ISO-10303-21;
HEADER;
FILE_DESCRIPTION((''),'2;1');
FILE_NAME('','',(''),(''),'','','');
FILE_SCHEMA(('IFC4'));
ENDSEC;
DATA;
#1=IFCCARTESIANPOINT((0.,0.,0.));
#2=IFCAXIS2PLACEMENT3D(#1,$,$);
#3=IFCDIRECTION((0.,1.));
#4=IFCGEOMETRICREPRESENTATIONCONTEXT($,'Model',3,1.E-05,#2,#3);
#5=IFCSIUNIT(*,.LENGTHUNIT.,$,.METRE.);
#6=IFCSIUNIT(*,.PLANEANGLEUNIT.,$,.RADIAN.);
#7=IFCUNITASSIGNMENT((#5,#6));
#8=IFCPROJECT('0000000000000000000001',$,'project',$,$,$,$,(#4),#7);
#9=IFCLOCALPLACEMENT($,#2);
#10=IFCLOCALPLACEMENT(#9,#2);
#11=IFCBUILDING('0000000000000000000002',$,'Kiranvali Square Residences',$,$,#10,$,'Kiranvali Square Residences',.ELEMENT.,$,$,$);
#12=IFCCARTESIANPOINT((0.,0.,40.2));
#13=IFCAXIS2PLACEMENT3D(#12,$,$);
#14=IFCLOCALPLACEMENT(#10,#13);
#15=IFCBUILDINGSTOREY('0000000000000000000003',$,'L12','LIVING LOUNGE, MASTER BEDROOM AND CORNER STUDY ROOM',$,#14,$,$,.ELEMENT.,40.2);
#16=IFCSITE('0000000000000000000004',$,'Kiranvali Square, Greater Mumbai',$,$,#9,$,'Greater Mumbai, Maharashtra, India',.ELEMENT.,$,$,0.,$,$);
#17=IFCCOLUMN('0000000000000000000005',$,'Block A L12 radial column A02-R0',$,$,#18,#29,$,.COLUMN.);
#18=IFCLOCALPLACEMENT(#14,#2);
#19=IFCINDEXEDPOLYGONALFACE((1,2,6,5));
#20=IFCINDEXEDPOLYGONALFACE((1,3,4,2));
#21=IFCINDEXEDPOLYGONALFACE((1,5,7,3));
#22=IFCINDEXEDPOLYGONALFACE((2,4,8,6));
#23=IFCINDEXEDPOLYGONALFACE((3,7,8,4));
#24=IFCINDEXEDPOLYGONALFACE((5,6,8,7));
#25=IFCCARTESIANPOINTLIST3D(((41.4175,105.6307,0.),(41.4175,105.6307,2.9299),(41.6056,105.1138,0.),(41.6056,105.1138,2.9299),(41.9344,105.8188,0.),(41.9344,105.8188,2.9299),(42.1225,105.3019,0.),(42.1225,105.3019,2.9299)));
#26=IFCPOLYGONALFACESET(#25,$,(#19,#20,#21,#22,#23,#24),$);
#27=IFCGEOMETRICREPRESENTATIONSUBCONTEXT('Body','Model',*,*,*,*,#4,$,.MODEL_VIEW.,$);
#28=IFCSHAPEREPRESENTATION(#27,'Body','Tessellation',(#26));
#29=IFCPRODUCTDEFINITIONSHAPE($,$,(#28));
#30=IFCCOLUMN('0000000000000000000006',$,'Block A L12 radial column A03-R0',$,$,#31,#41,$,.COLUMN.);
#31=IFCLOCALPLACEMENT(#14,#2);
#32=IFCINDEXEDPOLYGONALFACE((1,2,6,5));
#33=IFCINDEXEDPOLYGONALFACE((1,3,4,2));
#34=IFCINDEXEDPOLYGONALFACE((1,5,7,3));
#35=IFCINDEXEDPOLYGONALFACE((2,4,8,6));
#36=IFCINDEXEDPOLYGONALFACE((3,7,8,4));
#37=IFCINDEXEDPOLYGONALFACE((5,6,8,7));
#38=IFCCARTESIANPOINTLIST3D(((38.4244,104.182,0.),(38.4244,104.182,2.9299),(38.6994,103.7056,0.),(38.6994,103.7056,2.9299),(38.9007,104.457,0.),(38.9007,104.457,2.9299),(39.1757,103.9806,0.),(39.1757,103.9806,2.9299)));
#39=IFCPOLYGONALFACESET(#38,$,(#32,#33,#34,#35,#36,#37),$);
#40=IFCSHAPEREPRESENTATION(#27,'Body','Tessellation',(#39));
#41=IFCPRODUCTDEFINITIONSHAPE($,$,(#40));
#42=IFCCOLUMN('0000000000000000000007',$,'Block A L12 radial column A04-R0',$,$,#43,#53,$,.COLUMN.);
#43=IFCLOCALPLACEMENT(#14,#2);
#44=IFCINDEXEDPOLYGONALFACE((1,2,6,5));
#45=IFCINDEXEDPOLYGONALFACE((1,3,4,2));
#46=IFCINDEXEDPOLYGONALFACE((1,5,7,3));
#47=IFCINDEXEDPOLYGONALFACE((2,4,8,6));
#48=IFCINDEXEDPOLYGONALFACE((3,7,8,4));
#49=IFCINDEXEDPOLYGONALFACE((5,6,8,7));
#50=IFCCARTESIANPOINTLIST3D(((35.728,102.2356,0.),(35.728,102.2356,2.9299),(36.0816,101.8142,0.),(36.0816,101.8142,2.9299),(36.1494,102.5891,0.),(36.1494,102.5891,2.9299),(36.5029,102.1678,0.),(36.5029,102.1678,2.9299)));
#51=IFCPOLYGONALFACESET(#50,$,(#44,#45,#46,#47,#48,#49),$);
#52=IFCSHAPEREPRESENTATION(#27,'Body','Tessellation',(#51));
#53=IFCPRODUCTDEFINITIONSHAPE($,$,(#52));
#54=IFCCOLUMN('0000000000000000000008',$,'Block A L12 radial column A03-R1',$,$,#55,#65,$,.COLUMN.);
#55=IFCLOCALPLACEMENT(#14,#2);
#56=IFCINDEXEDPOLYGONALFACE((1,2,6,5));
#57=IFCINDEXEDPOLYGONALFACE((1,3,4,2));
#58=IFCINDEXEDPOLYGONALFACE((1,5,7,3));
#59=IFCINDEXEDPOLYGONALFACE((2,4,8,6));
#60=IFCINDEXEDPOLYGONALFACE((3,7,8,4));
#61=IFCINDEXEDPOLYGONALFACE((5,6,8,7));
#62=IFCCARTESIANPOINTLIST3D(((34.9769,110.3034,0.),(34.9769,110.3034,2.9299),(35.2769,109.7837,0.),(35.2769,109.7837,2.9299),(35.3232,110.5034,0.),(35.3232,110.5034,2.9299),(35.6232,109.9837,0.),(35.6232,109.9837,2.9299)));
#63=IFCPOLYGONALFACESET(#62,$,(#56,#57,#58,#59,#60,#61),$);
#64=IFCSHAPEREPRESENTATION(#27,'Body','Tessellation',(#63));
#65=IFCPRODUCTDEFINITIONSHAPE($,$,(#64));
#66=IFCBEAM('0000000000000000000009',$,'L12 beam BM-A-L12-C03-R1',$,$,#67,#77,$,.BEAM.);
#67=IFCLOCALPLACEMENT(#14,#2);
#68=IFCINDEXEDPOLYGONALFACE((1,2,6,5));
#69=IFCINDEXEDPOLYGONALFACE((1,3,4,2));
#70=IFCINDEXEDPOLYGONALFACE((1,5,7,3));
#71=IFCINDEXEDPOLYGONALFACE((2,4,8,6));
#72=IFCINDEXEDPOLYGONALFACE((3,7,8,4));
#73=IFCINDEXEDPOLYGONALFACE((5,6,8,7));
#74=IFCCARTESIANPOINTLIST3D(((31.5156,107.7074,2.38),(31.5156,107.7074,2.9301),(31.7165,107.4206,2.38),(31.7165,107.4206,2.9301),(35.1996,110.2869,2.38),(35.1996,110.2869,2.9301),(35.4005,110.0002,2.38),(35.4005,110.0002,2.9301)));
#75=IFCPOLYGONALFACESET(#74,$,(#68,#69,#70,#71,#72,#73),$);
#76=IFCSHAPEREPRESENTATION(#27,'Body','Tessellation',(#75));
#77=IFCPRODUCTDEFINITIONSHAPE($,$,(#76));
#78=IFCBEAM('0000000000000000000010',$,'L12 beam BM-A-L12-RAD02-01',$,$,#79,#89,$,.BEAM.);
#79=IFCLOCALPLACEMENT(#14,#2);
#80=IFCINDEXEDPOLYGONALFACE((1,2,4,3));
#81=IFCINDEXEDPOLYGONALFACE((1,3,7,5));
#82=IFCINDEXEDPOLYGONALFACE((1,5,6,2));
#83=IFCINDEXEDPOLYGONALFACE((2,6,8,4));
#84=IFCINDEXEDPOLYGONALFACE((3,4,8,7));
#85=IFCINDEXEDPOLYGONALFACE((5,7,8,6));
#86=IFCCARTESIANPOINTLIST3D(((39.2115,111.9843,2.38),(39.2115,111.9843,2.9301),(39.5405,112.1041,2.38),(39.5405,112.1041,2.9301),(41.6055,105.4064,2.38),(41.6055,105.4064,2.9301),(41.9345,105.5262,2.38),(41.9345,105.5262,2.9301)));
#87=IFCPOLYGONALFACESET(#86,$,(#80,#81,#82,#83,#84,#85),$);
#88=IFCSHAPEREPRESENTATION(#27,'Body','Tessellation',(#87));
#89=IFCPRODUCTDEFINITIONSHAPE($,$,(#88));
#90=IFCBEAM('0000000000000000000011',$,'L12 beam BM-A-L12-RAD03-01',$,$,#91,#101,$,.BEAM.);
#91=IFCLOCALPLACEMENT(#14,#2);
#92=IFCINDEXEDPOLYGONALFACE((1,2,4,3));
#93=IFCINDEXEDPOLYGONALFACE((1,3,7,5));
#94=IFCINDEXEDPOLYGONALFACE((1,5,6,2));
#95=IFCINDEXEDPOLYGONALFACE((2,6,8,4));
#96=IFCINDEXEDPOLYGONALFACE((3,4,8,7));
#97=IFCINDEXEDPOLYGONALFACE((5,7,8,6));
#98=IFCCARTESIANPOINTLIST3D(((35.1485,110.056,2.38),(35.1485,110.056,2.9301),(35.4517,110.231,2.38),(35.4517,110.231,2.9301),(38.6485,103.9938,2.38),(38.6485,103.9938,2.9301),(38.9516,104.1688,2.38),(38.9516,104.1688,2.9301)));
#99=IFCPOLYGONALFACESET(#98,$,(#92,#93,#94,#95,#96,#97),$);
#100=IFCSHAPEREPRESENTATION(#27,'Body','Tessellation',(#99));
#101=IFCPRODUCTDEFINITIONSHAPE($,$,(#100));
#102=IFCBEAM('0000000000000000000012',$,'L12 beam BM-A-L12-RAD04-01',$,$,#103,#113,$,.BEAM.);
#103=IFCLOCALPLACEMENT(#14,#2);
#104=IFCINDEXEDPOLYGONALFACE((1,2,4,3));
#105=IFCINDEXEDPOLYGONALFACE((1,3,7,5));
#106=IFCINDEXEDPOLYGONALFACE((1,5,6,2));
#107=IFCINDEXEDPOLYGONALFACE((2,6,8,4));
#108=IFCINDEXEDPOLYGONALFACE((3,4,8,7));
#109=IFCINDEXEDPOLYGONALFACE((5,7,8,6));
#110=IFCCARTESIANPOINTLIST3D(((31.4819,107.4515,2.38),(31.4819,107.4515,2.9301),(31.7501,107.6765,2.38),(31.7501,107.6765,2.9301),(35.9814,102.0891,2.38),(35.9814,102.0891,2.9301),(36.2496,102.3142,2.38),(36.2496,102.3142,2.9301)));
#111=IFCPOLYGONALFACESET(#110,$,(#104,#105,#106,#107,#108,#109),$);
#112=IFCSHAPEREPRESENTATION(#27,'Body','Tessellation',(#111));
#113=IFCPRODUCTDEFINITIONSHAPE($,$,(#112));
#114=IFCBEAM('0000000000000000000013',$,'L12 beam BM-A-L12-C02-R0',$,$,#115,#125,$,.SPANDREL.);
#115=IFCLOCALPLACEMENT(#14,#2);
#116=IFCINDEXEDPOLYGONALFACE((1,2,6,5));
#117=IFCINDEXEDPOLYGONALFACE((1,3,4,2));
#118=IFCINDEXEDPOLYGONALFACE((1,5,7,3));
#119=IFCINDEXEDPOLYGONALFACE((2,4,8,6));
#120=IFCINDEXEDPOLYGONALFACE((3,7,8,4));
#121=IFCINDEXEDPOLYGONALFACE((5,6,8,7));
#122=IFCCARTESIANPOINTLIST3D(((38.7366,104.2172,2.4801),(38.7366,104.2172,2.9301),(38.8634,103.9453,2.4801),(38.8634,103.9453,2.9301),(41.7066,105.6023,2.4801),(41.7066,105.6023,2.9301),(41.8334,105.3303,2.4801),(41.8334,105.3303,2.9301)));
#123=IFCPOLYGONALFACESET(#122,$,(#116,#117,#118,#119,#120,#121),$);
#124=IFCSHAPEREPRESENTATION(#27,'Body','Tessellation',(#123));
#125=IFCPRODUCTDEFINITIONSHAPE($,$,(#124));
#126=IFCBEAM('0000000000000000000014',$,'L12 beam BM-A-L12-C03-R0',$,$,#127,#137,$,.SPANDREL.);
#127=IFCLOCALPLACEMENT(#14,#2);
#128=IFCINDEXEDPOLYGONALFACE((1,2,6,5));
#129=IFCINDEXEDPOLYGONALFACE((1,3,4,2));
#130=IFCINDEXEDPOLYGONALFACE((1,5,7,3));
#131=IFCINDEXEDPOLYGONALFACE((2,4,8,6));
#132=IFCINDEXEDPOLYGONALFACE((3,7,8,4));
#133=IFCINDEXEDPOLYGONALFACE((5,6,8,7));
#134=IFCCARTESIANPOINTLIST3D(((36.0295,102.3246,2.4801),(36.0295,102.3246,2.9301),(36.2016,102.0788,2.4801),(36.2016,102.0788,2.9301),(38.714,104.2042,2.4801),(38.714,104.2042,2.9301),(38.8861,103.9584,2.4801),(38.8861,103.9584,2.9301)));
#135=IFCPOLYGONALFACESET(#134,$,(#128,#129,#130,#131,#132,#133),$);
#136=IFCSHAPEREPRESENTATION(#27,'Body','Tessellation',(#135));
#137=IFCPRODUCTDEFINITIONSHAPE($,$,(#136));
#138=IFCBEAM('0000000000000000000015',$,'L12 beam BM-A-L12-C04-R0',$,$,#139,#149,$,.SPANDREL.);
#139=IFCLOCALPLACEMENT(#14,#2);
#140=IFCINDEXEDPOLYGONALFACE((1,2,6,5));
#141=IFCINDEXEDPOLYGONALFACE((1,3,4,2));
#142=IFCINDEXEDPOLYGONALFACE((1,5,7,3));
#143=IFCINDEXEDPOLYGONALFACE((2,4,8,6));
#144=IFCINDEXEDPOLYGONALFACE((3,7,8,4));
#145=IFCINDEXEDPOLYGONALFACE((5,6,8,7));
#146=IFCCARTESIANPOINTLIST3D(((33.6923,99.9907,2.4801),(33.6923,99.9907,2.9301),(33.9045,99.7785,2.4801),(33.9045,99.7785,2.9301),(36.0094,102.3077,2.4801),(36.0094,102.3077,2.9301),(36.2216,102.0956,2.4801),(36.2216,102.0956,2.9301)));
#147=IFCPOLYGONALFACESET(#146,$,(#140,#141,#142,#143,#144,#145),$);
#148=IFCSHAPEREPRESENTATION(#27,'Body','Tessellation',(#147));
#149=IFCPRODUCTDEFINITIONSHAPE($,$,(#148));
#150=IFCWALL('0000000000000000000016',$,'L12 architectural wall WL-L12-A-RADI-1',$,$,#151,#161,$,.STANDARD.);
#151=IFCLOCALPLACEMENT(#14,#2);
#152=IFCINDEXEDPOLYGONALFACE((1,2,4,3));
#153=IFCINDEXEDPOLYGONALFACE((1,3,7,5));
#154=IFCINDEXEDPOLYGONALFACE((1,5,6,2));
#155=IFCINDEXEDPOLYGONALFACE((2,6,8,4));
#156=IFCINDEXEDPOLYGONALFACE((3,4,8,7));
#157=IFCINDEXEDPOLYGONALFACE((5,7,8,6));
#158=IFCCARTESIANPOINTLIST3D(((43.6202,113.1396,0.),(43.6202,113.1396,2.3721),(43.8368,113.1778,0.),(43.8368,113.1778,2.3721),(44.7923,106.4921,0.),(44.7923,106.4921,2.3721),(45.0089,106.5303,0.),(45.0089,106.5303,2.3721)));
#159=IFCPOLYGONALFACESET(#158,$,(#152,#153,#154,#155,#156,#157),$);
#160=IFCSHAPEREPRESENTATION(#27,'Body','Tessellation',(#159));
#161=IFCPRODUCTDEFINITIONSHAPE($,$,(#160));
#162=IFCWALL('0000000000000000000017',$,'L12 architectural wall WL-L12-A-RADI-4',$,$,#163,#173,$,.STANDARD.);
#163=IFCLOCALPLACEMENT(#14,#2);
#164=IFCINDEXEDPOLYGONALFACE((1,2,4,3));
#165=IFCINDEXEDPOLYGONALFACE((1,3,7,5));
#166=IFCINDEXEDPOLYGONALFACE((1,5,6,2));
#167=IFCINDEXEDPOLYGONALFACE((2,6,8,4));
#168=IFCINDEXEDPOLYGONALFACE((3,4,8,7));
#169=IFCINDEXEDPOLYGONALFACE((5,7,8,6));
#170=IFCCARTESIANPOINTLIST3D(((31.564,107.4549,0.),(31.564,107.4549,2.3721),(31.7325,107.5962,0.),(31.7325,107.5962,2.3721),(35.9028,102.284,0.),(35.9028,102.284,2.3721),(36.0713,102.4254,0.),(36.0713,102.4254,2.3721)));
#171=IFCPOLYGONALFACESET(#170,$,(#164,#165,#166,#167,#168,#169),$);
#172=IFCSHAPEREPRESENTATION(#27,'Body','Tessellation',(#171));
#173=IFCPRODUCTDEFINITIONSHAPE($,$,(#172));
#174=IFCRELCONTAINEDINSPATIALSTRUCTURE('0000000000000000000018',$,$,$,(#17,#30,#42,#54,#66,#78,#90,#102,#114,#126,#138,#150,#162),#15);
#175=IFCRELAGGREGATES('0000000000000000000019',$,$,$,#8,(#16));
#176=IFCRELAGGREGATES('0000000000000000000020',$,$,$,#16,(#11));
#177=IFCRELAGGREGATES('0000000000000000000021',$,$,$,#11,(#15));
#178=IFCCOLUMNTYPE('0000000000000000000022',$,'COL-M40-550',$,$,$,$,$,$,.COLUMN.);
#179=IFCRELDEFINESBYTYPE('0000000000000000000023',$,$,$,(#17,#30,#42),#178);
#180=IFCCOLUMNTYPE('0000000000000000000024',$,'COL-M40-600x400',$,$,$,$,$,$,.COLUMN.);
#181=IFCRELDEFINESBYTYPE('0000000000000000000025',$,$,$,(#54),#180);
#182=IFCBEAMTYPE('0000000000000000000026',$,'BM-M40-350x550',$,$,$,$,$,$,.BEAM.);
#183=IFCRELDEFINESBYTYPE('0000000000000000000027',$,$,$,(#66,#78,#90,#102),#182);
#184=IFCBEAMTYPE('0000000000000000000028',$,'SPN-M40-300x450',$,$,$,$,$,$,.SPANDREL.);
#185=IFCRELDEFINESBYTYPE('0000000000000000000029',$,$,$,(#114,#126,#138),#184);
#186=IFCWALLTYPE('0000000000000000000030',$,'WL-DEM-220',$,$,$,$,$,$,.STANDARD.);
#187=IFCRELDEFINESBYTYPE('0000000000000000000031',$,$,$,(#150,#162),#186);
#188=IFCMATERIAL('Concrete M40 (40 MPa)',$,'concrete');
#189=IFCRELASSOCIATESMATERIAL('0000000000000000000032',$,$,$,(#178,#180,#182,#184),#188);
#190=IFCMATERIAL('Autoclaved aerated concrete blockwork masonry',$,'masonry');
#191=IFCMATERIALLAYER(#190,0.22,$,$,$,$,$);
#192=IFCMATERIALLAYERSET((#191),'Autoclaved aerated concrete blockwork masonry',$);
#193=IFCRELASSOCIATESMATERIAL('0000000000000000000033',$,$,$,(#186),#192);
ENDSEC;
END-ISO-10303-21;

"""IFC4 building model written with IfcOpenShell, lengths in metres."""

from ifc_helpers import new_model, si_unit, direction, frame, frame_2d, origin, origin_2d, place, context, subcontext, project, spatial, rectangle, extrude, material, layer, layer_set, material_profile, profile_set, type_object, element, save


model = new_model("IFC4")

# Units and contexts
model_context = context("Model", 3, precision=1e-05, world=origin(), true_north=direction((0.0, 1.0)))
body_context = subcontext(model_context, "Body", "Model", "MODEL_VIEW")
ifc_project = project(units=[si_unit("LENGTHUNIT", "METRE"), si_unit("PLANEANGLEUNIT", "RADIAN")], contexts=[model_context])

# Site, building, storey
site_placement = place(None, origin())
site = spatial("IfcSite", under=ifc_project, at=site_placement, Name="Kiranvali Square, Greater Mumbai", LongName="Greater Mumbai, Maharashtra, India", CompositionType="ELEMENT", RefElevation=0.0)
building_placement = place(site_placement, origin())
building = spatial("IfcBuilding", under=site, at=building_placement, Name="Kiranvali Square Residences", LongName="Kiranvali Square Residences", CompositionType="ELEMENT")
storey_placement = place(building_placement, frame((0.0, 0.0, 40.2)))
storey = spatial("IfcBuildingStorey", under=building, at=storey_placement, Name="L12", Description="LIVING LOUNGE, MASTER BEDROOM AND CORNER STUDY ROOM", CompositionType="ELEMENT", Elevation=40.2)

# Columns
ifc_material_1 = material(Name="Concrete M40 (40 MPa)", Category="concrete")
ifc_material_profile_1 = material_profile(ifc_material_1, rectangle(XDim=0.55, YDim=0.55, at=origin_2d()), Name="RC 550x550")
ifc_profile_set_1 = profile_set([ifc_material_profile_1], Name="Concrete M40 (40 MPa)")
column_type_1 = type_object("IfcColumnType", Name="COL-M40-550", PredefinedType="COLUMN", material=ifc_profile_set_1)
for number, where, z_axis, x_axis, name in (
    (1, (41.77, 105.4663, 0.0), (0.0, 0.0, 1.0), (0.939693, 0.34202, 0.0), "Block A L12 radial column A02-R0"),
    (2, (38.8, 104.0813, 0.0), (0.0, 0.0, 1.0), (0.866025, 0.5, 0.0), "Block A L12 radial column A03-R0"),
    (3, (36.1155, 102.2017, 0.0), (0.0, 0.0, 1.0), (0.766044, 0.642788, 0.0), "Block A L12 radial column A04-R0"),
):
    element("IfcColumn", number, at=place(storey_placement, frame(where, z_axis=z_axis, x_axis=x_axis)), inside=storey, type_object=column_type_1, Name=name, PredefinedType="COLUMN", context=body_context, shape_type="SweptSolid", body=[
        extrude(rectangle(XDim=0.55, YDim=0.55, at=origin_2d()), origin(), (0.0, 0.0, 1.0), 2.9299),
    ])
ifc_material_profile_2 = material_profile(ifc_material_1, rectangle(XDim=0.3999, YDim=0.6001, at=origin_2d()), Name="RC 600x400")
ifc_profile_set_2 = profile_set([ifc_material_profile_2], Name="Concrete M40 (40 MPa)")
column_type_2 = type_object("IfcColumnType", Name="COL-M40-600x400", PredefinedType="COLUMN", material=ifc_profile_set_2)
column_placement = place(storey_placement, frame((35.3, 110.1436, 0.0), z_axis=(0.0, 0.0, 1.0), x_axis=(0.866025, 0.5, 0.0)))
element("IfcColumn", 4, at=column_placement, inside=storey, type_object=column_type_2, Name="Block A L12 radial column A03-R1", PredefinedType="COLUMN", context=body_context, shape_type="SweptSolid", body=[
    extrude(rectangle(XDim=0.3999, YDim=0.6001, at=origin_2d()), origin(), (0.0, 0.0, 1.0), 2.9299),
])

# Beams
ifc_material_profile_3 = material_profile(ifc_material_1, rectangle(XDim=0.3501, YDim=0.55, at=origin_2d()), Name="RC 350x550")
ifc_profile_set_3 = profile_set([ifc_material_profile_3], Name="Concrete M40 (40 MPa)")
beam_type_1 = type_object("IfcBeamType", Name="BM-M40-350x550", PredefinedType="BEAM", material=ifc_profile_set_3)
beam_1_placement = place(storey_placement, frame((35.3, 110.1436, 2.655), z_axis=(-0.819155, -0.573572, 0.0), x_axis=(0.573572, -0.819155, 0.0)))
element("IfcBeam", 5, at=beam_1_placement, inside=storey, type_object=beam_type_1, Name="L12 beam BM-A-L12-C03-R1", PredefinedType="BEAM", context=body_context, shape_type="SweptSolid", body=[
    extrude(rectangle(XDim=0.3501, YDim=0.55, at=origin_2d()), origin(), (0.0, 0.0, 1.0), 4.4973),
])
for number, where, z_axis, x_axis, name in (
    (6, (41.77, 105.4663, 2.655), (-0.342006, 0.939698, 0.0), (-0.939698, -0.342006, 0.0), "L12 beam BM-A-L12-RAD02-01"),
    (7, (38.8, 104.0813, 2.655), (-0.499995, 0.866028, 0.0), (-0.866028, -0.499995, 0.0), "L12 beam BM-A-L12-RAD03-01"),
    (8, (36.1155, 102.2017, 2.655), (-0.642788, 0.766044, 0.0), (-0.766044, -0.642788, 0.0), "L12 beam BM-A-L12-RAD04-01"),
):
    element("IfcBeam", number, at=place(storey_placement, frame(where, z_axis=z_axis, x_axis=x_axis)), inside=storey, type_object=beam_type_1, Name=name, PredefinedType="BEAM", context=body_context, shape_type="SweptSolid", body=[
        extrude(rectangle(XDim=0.3501, YDim=0.55, at=origin_2d()), origin(), (0.0, 0.0, 1.0), 7.0),
    ])
ifc_material_profile_4 = material_profile(ifc_material_1, rectangle(XDim=0.3, YDim=0.45, at=origin_2d()), Name="RC 300x450")
ifc_profile_set_4 = profile_set([ifc_material_profile_4], Name="Concrete M40 (40 MPa)")
beam_type_2 = type_object("IfcBeamType", Name="SPN-M40-300x450", PredefinedType="SPANDREL", material=ifc_profile_set_4)
for number, where, z_axis, x_axis, name in (
    (9, (41.77, 105.4663, 2.7051), (-0.906297, -0.422641, 0.0), (0.422641, -0.906297, 0.0), "L12 beam BM-A-L12-C02-R0"),
    (10, (38.8, 104.0813, 2.7051), (-0.819169, -0.573552, 0.0), (0.573552, -0.819169, 0.0), "L12 beam BM-A-L12-C03-R0"),
):
    element("IfcBeam", number, at=place(storey_placement, frame(where, z_axis=z_axis, x_axis=x_axis)), inside=storey, type_object=beam_type_2, Name=name, PredefinedType="SPANDREL", context=body_context, shape_type="SweptSolid", body=[
        extrude(rectangle(XDim=0.3, YDim=0.45, at=origin_2d()), origin(), (0.0, 0.0, 1.0), 3.2771),
    ])
beam_2_placement = place(storey_placement, frame((36.1155, 102.2017, 2.7051), z_axis=(-0.707107, -0.707107, 0.0), x_axis=(0.707107, -0.707107, 0.0)))
element("IfcBeam", 11, at=beam_2_placement, inside=storey, type_object=beam_type_2, Name="L12 beam BM-A-L12-C04-R0", PredefinedType="SPANDREL", context=body_context, shape_type="SweptSolid", body=[
    extrude(rectangle(XDim=0.3, YDim=0.45, at=origin_2d()), origin(), (0.0, 0.0, 1.0), 3.2769),
])

# Walls
ifc_material_2 = material(Name="Autoclaved aerated concrete blockwork masonry", Category="masonry")
ifc_layer_1 = layer(ifc_material_2, 0.22)
ifc_layer_set_1 = layer_set([ifc_layer_1], Name="Autoclaved aerated concrete blockwork masonry")
wall_type_1 = type_object("IfcWallType", Name="WL-DEM-220", PredefinedType="STANDARD", material=ifc_layer_set_1)
for number, where, z_axis, x_axis, name in (
    (12, (44.9006, 106.5112, 0.0), (0.0, 0.0, 1.0), (-0.173647, 0.984808, 0.0), "L12 architectural wall WL-L12-A-RADI-1"),
    (13, (35.9871, 102.3547, 0.0), (0.0, 0.0, 1.0), (-0.642785, 0.766047, 0.0), "L12 architectural wall WL-L12-A-RADI-4"),
):
    element("IfcWall", number, at=place(storey_placement, frame(where, z_axis=z_axis, x_axis=x_axis)), inside=storey, type_object=wall_type_1, Name=name, PredefinedType="STANDARD", context=body_context, shape_type="SweptSolid", body=[
        extrude(rectangle(XDim=6.75, YDim=0.22, at=frame_2d((3.375, 0.0))), origin(), (0.0, 0.0, 1.0), 2.3721),
    ])

save(model, "model.ifc")
